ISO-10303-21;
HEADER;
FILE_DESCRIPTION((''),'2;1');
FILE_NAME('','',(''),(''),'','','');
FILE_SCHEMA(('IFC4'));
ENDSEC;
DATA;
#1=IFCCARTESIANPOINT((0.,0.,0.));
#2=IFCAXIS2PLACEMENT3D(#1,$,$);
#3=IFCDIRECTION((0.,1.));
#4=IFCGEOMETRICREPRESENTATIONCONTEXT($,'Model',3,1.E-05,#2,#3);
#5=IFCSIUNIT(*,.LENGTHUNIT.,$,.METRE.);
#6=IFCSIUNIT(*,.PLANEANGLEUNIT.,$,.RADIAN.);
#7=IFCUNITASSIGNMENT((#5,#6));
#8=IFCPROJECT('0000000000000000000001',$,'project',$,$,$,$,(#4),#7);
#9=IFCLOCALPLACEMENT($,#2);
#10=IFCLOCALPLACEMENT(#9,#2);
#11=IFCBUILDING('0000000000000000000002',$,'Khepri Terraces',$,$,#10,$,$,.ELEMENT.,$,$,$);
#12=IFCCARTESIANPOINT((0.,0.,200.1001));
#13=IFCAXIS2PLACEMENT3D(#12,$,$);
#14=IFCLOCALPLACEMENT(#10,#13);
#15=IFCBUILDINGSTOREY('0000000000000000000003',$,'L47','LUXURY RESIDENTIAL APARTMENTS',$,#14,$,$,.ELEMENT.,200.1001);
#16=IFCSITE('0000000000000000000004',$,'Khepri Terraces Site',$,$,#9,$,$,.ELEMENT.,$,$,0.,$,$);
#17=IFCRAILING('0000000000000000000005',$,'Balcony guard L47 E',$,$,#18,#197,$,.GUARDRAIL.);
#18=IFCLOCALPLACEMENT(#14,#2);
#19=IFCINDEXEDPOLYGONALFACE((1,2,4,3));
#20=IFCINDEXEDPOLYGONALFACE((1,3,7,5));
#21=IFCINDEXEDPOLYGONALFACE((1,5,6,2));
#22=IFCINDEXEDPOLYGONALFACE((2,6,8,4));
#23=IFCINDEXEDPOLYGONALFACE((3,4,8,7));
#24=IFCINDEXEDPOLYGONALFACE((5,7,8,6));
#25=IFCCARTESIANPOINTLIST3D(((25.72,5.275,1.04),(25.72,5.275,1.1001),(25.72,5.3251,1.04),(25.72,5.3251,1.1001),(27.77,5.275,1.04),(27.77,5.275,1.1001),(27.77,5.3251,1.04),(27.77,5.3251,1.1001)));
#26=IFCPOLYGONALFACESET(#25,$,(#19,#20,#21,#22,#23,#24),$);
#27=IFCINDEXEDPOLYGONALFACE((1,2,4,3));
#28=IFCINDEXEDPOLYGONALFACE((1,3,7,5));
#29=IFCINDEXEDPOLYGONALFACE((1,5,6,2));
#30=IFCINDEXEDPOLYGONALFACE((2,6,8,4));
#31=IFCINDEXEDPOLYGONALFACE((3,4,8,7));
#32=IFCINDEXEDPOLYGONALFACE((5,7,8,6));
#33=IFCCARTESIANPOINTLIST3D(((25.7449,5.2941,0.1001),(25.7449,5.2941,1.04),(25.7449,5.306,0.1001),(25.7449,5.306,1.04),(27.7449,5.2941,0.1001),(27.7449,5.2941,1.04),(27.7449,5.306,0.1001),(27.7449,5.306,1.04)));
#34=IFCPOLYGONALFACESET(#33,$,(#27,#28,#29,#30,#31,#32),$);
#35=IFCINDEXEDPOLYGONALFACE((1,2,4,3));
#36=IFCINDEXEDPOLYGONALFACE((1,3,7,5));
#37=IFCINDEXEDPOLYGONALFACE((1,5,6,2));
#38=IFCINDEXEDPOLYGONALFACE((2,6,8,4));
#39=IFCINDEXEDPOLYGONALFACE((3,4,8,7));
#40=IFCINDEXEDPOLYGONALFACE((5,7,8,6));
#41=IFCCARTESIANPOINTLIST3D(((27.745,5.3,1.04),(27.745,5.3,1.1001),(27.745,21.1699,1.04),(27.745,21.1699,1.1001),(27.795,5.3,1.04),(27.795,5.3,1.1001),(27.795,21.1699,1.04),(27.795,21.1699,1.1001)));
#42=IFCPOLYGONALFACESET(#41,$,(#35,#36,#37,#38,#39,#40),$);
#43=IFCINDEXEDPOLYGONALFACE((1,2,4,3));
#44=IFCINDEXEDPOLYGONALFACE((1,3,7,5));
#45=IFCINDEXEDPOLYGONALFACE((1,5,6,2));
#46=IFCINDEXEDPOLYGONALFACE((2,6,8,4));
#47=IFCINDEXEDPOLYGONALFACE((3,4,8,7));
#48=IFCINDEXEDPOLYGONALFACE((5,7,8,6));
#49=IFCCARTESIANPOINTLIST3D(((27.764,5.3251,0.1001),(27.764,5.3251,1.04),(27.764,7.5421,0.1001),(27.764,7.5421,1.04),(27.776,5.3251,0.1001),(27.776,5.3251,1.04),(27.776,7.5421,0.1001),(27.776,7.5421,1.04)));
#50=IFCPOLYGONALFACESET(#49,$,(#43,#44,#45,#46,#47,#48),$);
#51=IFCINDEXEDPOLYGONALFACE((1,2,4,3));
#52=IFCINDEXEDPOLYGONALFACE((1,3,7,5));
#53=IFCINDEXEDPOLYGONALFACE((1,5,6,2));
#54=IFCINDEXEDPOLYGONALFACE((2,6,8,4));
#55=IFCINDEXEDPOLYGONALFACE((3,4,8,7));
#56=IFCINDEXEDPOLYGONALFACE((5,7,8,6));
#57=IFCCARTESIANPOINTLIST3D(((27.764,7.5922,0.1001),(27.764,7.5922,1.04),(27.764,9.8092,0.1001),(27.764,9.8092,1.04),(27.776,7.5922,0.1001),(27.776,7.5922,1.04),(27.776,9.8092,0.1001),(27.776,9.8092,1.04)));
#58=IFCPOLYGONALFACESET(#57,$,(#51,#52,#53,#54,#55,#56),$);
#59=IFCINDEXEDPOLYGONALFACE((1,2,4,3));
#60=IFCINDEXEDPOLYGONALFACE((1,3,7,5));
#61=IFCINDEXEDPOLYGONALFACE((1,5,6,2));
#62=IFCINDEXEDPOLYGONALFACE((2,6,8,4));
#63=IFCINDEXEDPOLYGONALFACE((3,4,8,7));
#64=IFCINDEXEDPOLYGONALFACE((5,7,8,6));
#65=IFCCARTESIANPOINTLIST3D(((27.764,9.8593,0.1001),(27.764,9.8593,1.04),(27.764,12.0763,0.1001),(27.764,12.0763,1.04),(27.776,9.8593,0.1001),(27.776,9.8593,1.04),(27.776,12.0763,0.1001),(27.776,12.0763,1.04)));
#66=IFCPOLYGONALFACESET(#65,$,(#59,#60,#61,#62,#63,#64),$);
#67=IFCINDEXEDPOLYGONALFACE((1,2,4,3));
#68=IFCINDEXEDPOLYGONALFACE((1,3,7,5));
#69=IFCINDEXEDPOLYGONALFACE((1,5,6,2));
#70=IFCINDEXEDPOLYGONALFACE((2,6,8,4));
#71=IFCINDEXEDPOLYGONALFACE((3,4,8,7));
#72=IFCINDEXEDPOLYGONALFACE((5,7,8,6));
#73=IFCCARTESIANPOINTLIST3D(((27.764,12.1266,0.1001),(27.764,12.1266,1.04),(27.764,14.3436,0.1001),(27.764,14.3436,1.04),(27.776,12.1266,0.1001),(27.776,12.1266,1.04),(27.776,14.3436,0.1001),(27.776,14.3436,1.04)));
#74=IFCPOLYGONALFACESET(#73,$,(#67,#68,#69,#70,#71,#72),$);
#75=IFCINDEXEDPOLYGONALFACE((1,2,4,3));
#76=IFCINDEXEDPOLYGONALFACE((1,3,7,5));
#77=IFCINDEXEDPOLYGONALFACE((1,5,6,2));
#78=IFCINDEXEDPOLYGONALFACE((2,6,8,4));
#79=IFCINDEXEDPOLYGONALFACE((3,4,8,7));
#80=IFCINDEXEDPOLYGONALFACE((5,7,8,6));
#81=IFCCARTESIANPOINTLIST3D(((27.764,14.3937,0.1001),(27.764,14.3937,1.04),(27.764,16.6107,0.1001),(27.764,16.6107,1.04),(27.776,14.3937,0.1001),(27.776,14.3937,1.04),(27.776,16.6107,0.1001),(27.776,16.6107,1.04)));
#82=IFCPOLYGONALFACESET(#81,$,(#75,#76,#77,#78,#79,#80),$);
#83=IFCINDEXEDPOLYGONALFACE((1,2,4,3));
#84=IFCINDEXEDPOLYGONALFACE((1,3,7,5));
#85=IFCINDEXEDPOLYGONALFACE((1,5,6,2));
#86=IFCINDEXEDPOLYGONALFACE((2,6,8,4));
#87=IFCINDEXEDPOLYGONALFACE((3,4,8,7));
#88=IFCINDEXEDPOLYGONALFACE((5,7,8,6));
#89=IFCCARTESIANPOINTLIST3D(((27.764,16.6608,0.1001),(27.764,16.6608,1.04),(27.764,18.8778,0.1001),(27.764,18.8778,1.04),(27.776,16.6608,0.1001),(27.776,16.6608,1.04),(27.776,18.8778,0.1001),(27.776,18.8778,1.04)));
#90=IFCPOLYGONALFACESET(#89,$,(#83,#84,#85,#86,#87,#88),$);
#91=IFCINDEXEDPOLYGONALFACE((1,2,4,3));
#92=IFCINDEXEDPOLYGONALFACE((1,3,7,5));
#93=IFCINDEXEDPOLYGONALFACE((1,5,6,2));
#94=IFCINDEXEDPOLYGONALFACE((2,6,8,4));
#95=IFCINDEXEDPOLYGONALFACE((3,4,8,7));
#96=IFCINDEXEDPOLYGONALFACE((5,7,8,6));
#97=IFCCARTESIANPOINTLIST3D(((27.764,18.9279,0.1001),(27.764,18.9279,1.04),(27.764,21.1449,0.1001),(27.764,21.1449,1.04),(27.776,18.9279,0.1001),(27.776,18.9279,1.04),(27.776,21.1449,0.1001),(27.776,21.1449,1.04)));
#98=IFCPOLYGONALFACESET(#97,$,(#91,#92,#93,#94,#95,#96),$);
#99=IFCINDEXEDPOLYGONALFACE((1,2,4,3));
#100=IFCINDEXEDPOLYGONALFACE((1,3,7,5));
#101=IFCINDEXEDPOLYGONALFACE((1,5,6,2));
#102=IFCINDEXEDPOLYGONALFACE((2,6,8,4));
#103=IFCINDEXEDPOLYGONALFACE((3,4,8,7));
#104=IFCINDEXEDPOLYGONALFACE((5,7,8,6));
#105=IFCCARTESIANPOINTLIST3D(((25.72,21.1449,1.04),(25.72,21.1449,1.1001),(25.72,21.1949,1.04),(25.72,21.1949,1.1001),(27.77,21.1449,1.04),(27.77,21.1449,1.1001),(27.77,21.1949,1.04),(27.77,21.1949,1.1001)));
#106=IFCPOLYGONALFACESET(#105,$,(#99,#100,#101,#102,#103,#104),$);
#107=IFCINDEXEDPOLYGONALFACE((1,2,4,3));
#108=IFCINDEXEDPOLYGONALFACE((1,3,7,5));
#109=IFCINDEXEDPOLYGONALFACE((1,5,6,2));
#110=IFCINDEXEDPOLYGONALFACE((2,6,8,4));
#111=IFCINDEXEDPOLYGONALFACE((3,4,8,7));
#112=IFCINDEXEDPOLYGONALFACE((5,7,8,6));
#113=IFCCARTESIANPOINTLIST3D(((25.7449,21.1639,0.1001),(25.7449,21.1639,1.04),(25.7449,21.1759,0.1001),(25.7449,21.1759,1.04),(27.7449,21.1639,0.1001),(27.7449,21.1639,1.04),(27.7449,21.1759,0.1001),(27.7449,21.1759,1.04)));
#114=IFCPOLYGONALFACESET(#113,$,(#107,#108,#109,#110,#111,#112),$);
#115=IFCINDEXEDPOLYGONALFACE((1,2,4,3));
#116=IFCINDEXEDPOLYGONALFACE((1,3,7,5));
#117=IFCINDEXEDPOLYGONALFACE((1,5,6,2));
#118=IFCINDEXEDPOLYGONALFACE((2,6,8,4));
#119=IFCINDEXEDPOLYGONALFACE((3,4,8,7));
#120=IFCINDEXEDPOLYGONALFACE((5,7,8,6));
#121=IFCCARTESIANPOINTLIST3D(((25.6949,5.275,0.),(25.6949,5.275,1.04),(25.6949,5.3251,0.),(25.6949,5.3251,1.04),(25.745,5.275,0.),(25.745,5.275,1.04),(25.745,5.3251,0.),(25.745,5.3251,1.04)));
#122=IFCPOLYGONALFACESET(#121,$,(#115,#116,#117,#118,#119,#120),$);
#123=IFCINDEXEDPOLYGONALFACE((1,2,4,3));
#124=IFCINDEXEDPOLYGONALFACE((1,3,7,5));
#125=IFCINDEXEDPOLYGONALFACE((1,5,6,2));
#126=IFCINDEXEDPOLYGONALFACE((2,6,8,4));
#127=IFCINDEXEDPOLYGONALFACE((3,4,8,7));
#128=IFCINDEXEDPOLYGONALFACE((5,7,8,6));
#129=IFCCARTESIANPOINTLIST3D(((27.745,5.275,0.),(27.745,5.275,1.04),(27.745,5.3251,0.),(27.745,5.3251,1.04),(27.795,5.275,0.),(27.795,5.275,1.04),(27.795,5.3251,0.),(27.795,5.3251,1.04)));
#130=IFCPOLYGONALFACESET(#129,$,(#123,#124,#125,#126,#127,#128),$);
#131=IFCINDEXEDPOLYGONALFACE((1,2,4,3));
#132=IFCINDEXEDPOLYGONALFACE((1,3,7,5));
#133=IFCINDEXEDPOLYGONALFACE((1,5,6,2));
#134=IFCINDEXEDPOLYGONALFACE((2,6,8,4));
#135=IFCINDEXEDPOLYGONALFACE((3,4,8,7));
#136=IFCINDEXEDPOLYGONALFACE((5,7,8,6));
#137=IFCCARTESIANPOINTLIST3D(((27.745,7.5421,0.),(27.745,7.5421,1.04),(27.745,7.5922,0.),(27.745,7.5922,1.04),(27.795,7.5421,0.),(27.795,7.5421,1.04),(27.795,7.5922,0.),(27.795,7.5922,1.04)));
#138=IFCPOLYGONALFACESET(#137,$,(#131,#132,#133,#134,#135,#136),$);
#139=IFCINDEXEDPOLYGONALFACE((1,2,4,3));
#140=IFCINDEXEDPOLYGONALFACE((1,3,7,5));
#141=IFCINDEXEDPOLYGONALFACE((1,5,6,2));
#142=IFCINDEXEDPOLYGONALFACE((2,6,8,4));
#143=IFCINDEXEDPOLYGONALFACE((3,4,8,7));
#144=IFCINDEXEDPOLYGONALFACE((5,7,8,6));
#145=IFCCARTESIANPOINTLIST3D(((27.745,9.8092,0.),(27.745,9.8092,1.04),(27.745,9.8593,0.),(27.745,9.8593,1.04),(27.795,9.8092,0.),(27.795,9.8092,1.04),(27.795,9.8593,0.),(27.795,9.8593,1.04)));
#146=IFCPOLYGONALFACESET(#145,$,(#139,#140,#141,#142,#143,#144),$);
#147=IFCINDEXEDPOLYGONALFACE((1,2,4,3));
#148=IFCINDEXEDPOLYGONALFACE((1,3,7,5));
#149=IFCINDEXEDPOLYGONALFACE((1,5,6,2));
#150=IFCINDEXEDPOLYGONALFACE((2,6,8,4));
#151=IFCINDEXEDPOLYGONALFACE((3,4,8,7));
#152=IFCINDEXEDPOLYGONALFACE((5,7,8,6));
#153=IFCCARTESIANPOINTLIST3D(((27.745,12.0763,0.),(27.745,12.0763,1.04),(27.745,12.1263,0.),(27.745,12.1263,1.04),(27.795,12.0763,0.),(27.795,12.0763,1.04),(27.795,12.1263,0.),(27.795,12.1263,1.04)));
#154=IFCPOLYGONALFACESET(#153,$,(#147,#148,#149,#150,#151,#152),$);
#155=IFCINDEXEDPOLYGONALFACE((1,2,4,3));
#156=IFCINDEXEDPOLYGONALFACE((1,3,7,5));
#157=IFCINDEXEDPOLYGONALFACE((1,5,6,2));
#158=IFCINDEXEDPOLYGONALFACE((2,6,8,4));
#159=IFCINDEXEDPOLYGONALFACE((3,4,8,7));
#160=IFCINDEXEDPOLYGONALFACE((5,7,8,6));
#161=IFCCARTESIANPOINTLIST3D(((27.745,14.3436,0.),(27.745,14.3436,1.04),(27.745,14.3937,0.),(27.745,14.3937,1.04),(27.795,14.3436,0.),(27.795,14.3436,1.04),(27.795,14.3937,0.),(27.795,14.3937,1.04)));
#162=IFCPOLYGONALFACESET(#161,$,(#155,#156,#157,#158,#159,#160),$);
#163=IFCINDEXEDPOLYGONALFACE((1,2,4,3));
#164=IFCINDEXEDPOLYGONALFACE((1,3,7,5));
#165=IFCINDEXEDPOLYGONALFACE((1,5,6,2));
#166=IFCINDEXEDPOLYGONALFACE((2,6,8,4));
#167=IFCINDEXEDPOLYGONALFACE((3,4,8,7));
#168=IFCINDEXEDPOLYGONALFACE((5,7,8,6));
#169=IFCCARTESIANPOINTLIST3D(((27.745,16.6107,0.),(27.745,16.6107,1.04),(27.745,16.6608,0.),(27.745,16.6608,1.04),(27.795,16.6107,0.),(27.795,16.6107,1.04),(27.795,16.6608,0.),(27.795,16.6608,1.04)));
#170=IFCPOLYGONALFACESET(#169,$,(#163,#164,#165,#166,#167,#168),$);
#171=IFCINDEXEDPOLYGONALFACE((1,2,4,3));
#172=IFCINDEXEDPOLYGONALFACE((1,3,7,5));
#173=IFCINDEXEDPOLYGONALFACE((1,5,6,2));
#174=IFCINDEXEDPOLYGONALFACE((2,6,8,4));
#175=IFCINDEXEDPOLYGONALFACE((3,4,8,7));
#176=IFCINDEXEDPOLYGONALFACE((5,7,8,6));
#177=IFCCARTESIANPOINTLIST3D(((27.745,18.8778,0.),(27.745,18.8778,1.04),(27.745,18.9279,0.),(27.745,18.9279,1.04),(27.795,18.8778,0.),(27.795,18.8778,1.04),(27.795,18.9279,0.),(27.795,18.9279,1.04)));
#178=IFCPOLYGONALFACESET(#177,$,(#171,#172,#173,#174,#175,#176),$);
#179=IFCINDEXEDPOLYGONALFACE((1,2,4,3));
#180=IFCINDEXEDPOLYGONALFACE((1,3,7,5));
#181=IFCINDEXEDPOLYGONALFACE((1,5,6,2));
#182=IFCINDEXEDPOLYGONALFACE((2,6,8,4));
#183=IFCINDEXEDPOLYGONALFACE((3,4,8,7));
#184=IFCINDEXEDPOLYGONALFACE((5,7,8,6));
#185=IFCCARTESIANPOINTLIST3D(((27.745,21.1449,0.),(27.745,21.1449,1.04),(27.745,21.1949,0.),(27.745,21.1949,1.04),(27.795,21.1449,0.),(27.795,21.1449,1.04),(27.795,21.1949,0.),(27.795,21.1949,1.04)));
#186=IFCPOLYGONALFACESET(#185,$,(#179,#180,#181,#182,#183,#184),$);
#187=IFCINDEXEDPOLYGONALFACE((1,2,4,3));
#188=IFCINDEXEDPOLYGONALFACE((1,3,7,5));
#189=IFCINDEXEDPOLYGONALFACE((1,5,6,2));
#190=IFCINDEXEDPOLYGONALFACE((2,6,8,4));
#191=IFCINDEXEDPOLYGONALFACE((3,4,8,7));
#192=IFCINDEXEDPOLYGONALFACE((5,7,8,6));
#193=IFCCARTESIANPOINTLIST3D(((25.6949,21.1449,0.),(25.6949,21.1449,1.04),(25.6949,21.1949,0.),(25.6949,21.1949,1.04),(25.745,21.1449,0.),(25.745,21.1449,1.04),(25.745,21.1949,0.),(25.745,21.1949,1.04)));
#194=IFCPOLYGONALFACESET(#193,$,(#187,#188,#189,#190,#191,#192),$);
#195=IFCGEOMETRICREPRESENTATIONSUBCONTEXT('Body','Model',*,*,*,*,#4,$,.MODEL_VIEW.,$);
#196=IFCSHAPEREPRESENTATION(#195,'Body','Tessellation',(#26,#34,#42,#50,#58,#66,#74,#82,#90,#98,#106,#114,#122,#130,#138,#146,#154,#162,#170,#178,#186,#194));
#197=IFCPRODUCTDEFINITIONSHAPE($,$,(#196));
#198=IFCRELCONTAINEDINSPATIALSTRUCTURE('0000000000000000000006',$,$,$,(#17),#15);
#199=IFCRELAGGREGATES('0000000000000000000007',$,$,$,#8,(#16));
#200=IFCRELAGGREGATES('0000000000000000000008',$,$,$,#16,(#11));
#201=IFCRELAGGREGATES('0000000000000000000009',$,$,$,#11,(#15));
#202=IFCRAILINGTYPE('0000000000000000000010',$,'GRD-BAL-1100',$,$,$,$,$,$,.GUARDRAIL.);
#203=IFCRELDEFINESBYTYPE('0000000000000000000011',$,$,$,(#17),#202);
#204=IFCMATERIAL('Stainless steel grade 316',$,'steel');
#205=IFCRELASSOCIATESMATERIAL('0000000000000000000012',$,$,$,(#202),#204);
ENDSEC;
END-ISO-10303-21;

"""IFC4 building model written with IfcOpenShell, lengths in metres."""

from ifc_helpers import new_model, si_unit, direction, frame, origin, origin_2d, place, context, subcontext, project, spatial, rectangle, extrude, material, type_object, element, save


model = new_model("IFC4")

# Units and contexts
model_context = context("Model", 3, precision=1e-05, world=origin(), true_north=direction((0.0, 1.0)))
body_context = subcontext(model_context, "Body", "Model", "MODEL_VIEW")
ifc_project = project(units=[si_unit("LENGTHUNIT", "METRE"), si_unit("PLANEANGLEUNIT", "RADIAN")], contexts=[model_context])

# Site, building, storey
site_placement = place(None, origin())
site = spatial("IfcSite", under=ifc_project, at=site_placement, Name="Khepri Terraces Site", CompositionType="ELEMENT", RefElevation=0.0)
building_placement = place(site_placement, origin())
building = spatial("IfcBuilding", under=site, at=building_placement, Name="Khepri Terraces", CompositionType="ELEMENT")
storey_placement = place(building_placement, frame((0.0, 0.0, 200.1001)))
storey = spatial("IfcBuildingStorey", under=building, at=storey_placement, Name="L47", Description="LUXURY RESIDENTIAL APARTMENTS", CompositionType="ELEMENT", Elevation=200.1001)

# Railing
ifc_material_1 = material(Name="Stainless steel grade 316", Category="steel")
railing_type = type_object("IfcRailingType", Name="GRD-BAL-1100", PredefinedType="GUARDRAIL", material=ifc_material_1)
railing_placement = place(storey_placement, frame((25.72, 5.3, 0.0)))
element("IfcRailing", 1, at=railing_placement, inside=storey, type_object=railing_type, Name="Balcony guard L47 E", PredefinedType="GUARDRAIL", context=body_context, shape_type="SweptSolid", body=[
    extrude(rectangle(XDim=0.05, YDim=0.0601, at=origin_2d()), frame((0.0, 0.0, 1.0701), z_axis=(1.0, 0.0, 0.0), x_axis=(0.0, 1.0, 0.0)), (0.0, 0.0, 1.0), 2.05),
    extrude(rectangle(XDim=2.0, YDim=0.012, at=origin_2d()), frame((1.0249, 0.0, 0.1001), z_axis=(0.0, 0.0, 1.0), x_axis=(1.0, 0.0, 0.0)), (0.0, 0.0, 1.0), 0.9399),
    extrude(rectangle(XDim=0.05, YDim=0.0601, at=origin_2d()), frame((2.05, 0.0, 1.0701), z_axis=(0.0, 1.0, 0.0), x_axis=(-1.0, 0.0, 0.0)), (0.0, 0.0, 1.0), 15.8699),
    extrude(rectangle(XDim=2.217, YDim=0.012, at=origin_2d()), frame((2.05, 1.1335, 0.1001), z_axis=(0.0, 0.0, 1.0), x_axis=(0.0, 1.0, 0.0)), (0.0, 0.0, 1.0), 0.9399),
    extrude(rectangle(XDim=2.217, YDim=0.012, at=origin_2d()), frame((2.05, 3.4006, 0.1001), z_axis=(0.0, 0.0, 1.0), x_axis=(0.0, 1.0, 0.0)), (0.0, 0.0, 1.0), 0.9399),
    extrude(rectangle(XDim=2.217, YDim=0.012, at=origin_2d()), frame((2.05, 5.6677, 0.1001), z_axis=(0.0, 0.0, 1.0), x_axis=(0.0, 1.0, 0.0)), (0.0, 0.0, 1.0), 0.9399),
    extrude(rectangle(XDim=2.217, YDim=0.012, at=origin_2d()), frame((2.05, 7.9351, 0.1001), z_axis=(0.0, 0.0, 1.0), x_axis=(0.0, 1.0, 0.0)), (0.0, 0.0, 1.0), 0.9399),
    extrude(rectangle(XDim=2.217, YDim=0.012, at=origin_2d()), frame((2.05, 10.2021, 0.1001), z_axis=(0.0, 0.0, 1.0), x_axis=(0.0, 1.0, 0.0)), (0.0, 0.0, 1.0), 0.9399),
    extrude(rectangle(XDim=2.217, YDim=0.012, at=origin_2d()), frame((2.05, 12.4692, 0.1001), z_axis=(0.0, 0.0, 1.0), x_axis=(0.0, 1.0, 0.0)), (0.0, 0.0, 1.0), 0.9399),
    extrude(rectangle(XDim=2.217, YDim=0.012, at=origin_2d()), frame((2.05, 14.7363, 0.1001), z_axis=(0.0, 0.0, 1.0), x_axis=(0.0, 1.0, 0.0)), (0.0, 0.0, 1.0), 0.9399),
    extrude(rectangle(XDim=0.05, YDim=0.0601, at=origin_2d()), frame((2.05, 15.8699, 1.0701), z_axis=(-1.0, 0.0, 0.0), x_axis=(0.0, -1.0, 0.0)), (0.0, 0.0, 1.0), 2.05),
    extrude(rectangle(XDim=2.0, YDim=0.012, at=origin_2d()), frame((1.0249, 15.8699, 0.1001), z_axis=(0.0, 0.0, 1.0), x_axis=(-1.0, 0.0, 0.0)), (0.0, 0.0, 1.0), 0.9399),
    extrude(rectangle(XDim=0.05, YDim=0.05, at=origin_2d()), origin(), (0.0, 0.0, 1.0), 1.04),
    extrude(rectangle(XDim=0.05, YDim=0.05, at=origin_2d()), frame((2.05, 0.0, 0.0)), (0.0, 0.0, 1.0), 1.04),
    extrude(rectangle(XDim=0.05, YDim=0.05, at=origin_2d()), frame((2.05, 2.2671, 0.0)), (0.0, 0.0, 1.0), 1.04),
    extrude(rectangle(XDim=0.05, YDim=0.05, at=origin_2d()), frame((2.05, 4.5342, 0.0)), (0.0, 0.0, 1.0), 1.04),
    extrude(rectangle(XDim=0.05, YDim=0.05, at=origin_2d()), frame((2.05, 6.8013, 0.0)), (0.0, 0.0, 1.0), 1.04),
    extrude(rectangle(XDim=0.05, YDim=0.05, at=origin_2d()), frame((2.05, 9.0686, 0.0)), (0.0, 0.0, 1.0), 1.04),
    extrude(rectangle(XDim=0.05, YDim=0.05, at=origin_2d()), frame((2.05, 11.3357, 0.0)), (0.0, 0.0, 1.0), 1.04),
    extrude(rectangle(XDim=0.05, YDim=0.05, at=origin_2d()), frame((2.05, 13.6028, 0.0)), (0.0, 0.0, 1.0), 1.04),
    extrude(rectangle(XDim=0.05, YDim=0.05, at=origin_2d()), frame((2.05, 15.8699, 0.0)), (0.0, 0.0, 1.0), 1.04),
    extrude(rectangle(XDim=0.05, YDim=0.05, at=origin_2d()), frame((0.0, 15.8699, 0.0)), (0.0, 0.0, 1.0), 1.04),
])

save(model, "model.ifc")
